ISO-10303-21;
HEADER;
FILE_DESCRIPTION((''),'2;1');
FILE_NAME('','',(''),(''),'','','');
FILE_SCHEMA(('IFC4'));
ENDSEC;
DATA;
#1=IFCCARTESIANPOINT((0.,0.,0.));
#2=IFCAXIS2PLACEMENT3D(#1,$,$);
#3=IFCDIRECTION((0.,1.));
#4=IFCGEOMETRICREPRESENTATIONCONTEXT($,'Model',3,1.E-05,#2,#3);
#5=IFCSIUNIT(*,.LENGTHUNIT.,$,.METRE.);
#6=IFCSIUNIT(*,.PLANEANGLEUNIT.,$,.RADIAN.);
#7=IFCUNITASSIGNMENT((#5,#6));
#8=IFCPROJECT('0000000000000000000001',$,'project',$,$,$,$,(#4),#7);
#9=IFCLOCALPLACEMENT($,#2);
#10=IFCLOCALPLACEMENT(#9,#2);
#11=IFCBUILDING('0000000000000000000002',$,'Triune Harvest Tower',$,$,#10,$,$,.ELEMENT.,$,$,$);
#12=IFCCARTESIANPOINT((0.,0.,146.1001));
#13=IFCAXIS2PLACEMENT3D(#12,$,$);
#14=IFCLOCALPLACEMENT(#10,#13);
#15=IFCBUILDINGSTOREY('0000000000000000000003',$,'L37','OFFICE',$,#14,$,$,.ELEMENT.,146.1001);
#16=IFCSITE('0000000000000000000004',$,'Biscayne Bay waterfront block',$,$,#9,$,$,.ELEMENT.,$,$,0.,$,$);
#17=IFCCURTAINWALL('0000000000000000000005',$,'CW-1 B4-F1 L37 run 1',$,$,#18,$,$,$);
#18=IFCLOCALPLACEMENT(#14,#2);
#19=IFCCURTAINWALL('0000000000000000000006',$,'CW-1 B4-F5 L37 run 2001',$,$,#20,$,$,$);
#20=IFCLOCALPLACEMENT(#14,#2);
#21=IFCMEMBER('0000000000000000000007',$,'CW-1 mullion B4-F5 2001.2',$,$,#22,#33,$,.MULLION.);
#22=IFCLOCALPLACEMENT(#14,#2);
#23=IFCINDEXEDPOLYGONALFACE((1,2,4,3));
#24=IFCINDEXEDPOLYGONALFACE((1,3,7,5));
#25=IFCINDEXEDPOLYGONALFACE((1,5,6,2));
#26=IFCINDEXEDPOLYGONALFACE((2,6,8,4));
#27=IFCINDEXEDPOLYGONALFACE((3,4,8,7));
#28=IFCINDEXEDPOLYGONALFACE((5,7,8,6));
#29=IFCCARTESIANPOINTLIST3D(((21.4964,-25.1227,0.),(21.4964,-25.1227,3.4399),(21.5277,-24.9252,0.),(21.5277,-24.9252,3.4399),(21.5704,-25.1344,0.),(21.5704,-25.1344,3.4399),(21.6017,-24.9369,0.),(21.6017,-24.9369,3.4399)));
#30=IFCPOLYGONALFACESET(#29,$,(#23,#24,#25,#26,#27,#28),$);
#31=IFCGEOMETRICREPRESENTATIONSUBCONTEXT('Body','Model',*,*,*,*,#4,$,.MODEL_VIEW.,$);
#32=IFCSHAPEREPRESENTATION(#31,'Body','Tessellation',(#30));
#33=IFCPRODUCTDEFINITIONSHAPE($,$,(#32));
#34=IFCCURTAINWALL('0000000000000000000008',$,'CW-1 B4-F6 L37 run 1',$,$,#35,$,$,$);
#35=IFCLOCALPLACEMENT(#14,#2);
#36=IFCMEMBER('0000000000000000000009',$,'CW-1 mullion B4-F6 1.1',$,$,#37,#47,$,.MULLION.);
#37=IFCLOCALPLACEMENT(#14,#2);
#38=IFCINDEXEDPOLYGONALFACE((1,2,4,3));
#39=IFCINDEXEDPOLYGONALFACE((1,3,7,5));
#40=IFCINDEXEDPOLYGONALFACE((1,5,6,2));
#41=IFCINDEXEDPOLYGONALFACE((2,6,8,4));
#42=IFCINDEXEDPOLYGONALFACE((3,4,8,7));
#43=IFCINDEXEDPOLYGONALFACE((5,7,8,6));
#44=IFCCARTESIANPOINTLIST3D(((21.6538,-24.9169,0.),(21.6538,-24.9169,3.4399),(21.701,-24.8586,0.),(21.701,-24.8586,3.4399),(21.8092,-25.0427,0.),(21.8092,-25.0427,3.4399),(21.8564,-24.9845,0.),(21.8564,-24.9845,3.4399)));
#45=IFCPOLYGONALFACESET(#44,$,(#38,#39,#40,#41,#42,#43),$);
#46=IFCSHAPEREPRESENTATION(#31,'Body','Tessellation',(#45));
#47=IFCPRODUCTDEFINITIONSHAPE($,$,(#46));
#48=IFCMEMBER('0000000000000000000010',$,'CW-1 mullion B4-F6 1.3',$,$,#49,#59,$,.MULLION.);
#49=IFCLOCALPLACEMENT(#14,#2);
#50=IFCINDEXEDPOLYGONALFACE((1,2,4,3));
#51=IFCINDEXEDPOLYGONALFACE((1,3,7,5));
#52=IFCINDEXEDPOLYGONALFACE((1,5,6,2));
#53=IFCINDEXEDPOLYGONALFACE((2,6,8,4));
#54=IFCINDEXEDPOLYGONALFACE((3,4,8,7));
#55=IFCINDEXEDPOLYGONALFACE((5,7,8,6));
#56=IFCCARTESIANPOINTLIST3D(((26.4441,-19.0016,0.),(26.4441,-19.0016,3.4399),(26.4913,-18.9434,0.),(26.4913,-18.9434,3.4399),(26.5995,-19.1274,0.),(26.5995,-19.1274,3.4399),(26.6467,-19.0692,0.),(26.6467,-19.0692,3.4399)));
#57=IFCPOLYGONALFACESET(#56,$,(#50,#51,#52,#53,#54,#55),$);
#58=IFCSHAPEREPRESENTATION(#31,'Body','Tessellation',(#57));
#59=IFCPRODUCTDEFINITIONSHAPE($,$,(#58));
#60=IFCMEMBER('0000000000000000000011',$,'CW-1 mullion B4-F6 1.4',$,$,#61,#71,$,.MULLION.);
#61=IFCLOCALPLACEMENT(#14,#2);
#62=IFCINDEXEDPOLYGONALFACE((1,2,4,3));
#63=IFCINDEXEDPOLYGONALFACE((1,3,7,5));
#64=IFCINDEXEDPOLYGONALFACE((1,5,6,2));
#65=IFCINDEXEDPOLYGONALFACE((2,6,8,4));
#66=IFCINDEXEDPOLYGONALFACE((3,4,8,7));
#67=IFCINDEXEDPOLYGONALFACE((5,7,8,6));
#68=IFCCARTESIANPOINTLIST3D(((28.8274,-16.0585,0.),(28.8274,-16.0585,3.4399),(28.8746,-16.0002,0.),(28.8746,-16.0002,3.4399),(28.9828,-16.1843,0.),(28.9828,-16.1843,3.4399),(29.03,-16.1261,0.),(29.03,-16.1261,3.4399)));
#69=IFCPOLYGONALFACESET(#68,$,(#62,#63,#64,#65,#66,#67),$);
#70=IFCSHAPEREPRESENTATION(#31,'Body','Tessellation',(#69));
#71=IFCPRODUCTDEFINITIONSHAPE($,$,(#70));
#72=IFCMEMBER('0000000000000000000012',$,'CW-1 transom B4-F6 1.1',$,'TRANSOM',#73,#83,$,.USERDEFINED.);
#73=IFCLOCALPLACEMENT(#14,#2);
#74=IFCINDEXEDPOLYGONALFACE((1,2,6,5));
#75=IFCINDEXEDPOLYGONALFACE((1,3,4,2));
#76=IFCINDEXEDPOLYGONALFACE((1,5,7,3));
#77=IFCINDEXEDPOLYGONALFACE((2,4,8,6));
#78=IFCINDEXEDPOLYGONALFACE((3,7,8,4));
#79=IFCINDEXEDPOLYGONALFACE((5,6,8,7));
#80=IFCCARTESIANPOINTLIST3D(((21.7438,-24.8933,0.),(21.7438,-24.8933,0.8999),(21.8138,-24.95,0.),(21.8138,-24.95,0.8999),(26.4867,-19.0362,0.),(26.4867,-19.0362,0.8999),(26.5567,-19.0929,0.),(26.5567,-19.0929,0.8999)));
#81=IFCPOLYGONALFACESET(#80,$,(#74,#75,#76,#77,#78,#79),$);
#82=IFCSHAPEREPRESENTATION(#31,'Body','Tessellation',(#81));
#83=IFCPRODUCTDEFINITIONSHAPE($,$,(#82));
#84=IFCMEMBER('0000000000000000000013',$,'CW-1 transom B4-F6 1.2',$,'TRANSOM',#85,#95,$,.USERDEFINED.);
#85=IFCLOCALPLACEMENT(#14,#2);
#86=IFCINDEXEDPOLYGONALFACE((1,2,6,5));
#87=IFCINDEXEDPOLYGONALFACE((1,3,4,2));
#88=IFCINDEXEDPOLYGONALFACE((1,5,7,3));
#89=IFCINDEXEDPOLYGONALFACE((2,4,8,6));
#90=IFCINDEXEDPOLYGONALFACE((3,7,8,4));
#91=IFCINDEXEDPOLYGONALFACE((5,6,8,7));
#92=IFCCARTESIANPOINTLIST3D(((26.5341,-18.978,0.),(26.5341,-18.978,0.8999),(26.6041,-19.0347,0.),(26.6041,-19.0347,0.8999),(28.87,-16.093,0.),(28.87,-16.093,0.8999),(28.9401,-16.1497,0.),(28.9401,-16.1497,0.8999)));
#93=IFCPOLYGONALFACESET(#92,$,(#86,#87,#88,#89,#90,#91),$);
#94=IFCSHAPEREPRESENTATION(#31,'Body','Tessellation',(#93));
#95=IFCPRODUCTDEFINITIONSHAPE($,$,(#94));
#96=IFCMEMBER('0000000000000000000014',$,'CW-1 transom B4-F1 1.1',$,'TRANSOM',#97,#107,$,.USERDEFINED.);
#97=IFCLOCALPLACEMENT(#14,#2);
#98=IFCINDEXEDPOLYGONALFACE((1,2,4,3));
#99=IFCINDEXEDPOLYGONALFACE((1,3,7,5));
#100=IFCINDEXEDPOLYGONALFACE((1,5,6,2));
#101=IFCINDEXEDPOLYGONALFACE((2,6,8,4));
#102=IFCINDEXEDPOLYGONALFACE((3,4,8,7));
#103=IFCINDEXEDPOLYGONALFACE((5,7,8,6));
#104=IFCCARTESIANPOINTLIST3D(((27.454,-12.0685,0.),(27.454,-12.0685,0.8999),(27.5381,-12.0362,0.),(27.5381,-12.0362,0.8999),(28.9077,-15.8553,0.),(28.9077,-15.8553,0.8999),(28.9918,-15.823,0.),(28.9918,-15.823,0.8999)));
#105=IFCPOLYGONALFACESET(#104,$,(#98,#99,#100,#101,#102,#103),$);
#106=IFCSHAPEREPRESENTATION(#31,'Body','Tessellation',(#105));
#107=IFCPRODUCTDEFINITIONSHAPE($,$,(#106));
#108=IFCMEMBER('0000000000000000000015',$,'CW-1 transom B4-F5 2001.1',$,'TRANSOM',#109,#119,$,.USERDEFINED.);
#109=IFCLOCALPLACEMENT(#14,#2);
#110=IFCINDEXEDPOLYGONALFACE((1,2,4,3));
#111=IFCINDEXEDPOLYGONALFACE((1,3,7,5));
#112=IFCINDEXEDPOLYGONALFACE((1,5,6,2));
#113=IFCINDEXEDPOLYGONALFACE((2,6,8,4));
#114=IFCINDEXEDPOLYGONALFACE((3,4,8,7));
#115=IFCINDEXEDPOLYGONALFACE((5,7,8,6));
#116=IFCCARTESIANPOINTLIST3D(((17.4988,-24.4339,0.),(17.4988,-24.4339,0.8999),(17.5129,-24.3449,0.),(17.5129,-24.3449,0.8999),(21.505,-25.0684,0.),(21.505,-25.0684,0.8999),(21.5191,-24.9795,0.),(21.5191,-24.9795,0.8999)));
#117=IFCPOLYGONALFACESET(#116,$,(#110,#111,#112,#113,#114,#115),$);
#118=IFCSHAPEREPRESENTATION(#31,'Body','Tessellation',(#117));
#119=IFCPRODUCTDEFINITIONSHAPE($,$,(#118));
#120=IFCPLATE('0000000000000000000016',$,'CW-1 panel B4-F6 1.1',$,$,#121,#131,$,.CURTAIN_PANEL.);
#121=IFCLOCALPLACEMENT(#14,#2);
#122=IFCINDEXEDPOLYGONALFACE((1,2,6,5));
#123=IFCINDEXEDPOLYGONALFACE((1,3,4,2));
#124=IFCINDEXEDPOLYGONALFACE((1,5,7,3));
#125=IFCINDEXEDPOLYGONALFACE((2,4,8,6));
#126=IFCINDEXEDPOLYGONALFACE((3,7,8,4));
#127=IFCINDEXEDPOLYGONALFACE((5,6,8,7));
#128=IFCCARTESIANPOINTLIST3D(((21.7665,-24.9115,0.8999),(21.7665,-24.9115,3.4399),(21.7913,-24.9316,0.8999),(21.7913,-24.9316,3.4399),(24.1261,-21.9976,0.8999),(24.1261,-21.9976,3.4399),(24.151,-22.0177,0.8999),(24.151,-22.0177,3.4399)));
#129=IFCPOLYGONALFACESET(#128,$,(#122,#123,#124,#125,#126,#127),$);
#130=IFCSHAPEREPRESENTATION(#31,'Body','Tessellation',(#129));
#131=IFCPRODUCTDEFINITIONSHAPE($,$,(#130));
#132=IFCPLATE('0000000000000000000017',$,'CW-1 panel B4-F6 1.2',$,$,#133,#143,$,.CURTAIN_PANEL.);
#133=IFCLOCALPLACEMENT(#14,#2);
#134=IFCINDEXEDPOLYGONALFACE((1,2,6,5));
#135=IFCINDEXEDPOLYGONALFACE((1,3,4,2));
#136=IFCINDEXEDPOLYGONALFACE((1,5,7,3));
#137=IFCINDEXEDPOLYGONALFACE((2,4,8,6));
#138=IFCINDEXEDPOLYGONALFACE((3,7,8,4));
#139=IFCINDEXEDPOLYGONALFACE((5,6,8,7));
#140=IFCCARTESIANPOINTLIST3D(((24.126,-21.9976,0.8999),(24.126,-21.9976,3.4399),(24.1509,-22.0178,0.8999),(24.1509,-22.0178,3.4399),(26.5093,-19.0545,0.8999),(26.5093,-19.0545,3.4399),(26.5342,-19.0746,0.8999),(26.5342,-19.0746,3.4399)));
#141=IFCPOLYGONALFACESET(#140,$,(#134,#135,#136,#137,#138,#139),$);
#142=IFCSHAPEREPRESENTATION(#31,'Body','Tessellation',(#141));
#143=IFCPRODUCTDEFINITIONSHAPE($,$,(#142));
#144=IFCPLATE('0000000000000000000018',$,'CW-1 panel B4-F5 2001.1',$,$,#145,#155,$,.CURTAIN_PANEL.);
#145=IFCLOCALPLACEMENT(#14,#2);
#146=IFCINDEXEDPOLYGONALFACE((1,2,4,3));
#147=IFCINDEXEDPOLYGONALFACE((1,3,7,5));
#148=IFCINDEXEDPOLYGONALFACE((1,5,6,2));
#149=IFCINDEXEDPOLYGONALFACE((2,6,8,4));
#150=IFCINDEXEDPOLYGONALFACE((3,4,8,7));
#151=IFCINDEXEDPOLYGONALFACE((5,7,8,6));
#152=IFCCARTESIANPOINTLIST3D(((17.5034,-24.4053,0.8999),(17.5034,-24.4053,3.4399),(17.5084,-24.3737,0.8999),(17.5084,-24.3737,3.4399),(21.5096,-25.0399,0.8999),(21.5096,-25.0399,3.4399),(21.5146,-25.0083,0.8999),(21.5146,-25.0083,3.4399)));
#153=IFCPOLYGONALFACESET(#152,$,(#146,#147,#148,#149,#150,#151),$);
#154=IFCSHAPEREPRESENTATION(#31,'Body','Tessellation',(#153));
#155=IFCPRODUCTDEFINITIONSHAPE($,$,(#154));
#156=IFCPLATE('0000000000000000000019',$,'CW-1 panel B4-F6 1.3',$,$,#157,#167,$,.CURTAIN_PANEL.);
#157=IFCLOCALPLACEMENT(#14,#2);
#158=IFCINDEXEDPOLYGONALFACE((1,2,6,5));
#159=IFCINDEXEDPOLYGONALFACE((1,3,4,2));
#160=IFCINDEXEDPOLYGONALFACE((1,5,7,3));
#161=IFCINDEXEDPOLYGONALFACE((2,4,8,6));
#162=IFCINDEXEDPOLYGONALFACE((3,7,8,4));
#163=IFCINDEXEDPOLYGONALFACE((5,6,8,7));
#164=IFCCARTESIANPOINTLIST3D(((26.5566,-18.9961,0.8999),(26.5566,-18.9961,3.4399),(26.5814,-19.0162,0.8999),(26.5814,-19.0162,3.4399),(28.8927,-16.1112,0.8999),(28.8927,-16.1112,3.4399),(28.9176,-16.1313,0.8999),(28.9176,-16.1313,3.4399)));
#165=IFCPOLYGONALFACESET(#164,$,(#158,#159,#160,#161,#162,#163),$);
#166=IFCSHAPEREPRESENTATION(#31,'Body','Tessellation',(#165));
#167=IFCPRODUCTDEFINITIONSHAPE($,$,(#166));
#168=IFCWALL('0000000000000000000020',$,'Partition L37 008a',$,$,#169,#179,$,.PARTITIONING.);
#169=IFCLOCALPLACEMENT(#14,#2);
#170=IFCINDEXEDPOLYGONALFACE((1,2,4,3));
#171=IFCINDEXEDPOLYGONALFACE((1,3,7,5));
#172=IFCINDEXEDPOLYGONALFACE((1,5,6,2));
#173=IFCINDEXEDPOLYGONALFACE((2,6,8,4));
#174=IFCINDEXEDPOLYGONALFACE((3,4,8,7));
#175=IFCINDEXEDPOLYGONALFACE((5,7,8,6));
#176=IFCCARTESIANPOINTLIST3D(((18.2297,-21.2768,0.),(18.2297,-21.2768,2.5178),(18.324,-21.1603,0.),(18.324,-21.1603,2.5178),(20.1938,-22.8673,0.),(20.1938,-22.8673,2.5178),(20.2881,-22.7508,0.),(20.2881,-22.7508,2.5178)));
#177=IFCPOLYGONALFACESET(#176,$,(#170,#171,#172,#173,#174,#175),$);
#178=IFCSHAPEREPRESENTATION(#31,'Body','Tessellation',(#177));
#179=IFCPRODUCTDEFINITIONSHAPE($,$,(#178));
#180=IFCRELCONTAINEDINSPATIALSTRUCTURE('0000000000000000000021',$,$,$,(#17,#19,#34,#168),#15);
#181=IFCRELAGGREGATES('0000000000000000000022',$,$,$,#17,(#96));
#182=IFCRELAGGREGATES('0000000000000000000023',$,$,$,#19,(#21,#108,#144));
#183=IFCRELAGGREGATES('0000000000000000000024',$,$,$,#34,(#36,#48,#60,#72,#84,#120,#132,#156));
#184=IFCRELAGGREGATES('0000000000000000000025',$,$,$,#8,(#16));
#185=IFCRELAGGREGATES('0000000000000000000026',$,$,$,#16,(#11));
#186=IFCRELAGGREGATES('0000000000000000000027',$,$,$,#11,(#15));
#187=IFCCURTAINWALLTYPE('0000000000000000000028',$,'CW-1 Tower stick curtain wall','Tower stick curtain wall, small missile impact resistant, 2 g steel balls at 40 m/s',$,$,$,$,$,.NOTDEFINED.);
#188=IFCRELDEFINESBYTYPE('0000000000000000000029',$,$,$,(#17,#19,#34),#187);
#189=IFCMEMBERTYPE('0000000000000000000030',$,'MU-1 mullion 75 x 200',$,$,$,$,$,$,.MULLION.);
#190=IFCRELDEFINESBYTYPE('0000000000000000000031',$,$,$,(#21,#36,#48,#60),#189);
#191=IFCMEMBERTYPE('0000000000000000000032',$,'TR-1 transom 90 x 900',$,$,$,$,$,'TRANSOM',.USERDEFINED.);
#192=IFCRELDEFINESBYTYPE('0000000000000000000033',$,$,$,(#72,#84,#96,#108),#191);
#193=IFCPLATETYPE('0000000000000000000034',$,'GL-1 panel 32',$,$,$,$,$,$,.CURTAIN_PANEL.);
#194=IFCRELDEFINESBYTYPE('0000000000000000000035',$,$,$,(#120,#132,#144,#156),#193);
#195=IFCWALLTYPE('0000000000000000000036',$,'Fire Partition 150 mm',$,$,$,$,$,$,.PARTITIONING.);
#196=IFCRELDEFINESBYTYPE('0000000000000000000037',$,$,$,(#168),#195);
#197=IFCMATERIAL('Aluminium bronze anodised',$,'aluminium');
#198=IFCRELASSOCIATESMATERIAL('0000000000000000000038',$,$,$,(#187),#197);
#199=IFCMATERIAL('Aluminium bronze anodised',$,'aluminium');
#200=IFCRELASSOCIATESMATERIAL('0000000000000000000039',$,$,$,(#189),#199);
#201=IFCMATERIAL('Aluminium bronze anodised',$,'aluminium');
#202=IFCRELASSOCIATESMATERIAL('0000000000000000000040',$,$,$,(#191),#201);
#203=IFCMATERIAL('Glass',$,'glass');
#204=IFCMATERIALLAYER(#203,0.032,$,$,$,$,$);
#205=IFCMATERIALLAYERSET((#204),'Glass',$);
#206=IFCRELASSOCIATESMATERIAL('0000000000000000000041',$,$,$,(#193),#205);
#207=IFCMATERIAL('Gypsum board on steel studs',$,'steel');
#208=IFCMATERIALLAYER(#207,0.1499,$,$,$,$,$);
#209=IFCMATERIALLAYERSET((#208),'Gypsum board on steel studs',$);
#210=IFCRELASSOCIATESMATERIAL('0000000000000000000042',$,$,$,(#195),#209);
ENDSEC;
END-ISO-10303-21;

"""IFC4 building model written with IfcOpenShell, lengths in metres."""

from ifc_helpers import new_model, si_unit, direction, frame, frame_2d, origin, origin_2d, place, context, subcontext, project, spatial, rectangle, extrude, source, transform, mapped, material, layer, layer_set, material_profile, profile_set, type_object, element, aggregate, save


model = new_model("IFC4")

# Units and contexts
model_context = context("Model", 3, precision=1e-05, world=origin(), true_north=direction((0.0, 1.0)))
body_context = subcontext(model_context, "Body", "Model", "MODEL_VIEW")
ifc_project = project(units=[si_unit("LENGTHUNIT", "METRE"), si_unit("PLANEANGLEUNIT", "RADIAN")], contexts=[model_context])

# Site, building, storey
site_placement = place(None, origin())
site = spatial("IfcSite", under=ifc_project, at=site_placement, Name="Biscayne Bay waterfront block", CompositionType="ELEMENT", RefElevation=0.0)
building_placement = place(site_placement, origin())
building = spatial("IfcBuilding", under=site, at=building_placement, Name="Triune Harvest Tower", CompositionType="ELEMENT")
storey_placement = place(building_placement, frame((0.0, 0.0, 146.1001)))
storey = spatial("IfcBuildingStorey", under=building, at=storey_placement, Name="L37", Description="OFFICE", CompositionType="ELEMENT", Elevation=146.1001)

# Curtain walls, member
ifc_material_1 = material(Name="Aluminium bronze anodised", Category="aluminium")
curtain_wall_type = type_object("IfcCurtainWallType", Name="CW-1 Tower stick curtain wall", Description="Tower stick curtain wall, small missile impact resistant, 2 g steel balls at 40 m/s", PredefinedType="NOTDEFINED", material=ifc_material_1)
curtain_wall_1_placement = place(storey_placement, origin())
curtain_wall_1 = element("IfcCurtainWall", 1, at=curtain_wall_1_placement, inside=storey, type_object=curtain_wall_type, Name="CW-1 B4-F1 L37 run 1")
ifc_material_2 = material(Name="Aluminium bronze anodised", Category="aluminium")
ifc_material_profile_1 = material_profile(ifc_material_2, rectangle(XDim=0.2, YDim=0.075, at=origin_2d()), Name="MU-1 mullion 75 x 200")
ifc_profile_set_1 = profile_set([ifc_material_profile_1], Name="Aluminium bronze anodised")
member_type_1 = type_object("IfcMemberType", Name="MU-1 mullion 75 x 200", PredefinedType="MULLION", material=ifc_profile_set_1)
shared_shape_1 = source(origin(), body_context, "Body", "SweptSolid", [
    extrude(rectangle(XDim=0.2, YDim=0.075, at=origin_2d()), origin(), (0.0, 0.0, 1.0), 3.4399),
])
curtain_wall_2_placement = place(storey_placement, origin())
curtain_wall_2 = element("IfcCurtainWall", 2, at=curtain_wall_2_placement, inside=storey, type_object=curtain_wall_type, Name="CW-1 B4-F5 L37 run 2001")
member_1_placement = place(storey_placement, frame((21.5491, -25.0298, 0.0), z_axis=(0.0, 0.0, 1.0), x_axis=(0.156444, 0.987687, 0.0)))
member_1 = element("IfcMember", 3, at=member_1_placement, type_object=member_type_1, Name="CW-1 mullion B4-F5 2001.2", PredefinedType="MULLION", context=body_context, shape_type="MappedRepresentation", body=[
    mapped(shared_shape_1, transform((0.0, 0.0, 0.0), scale=1.0)),
])

# Curtain wall, members
curtain_wall_3_placement = place(storey_placement, origin())
curtain_wall_3 = element("IfcCurtainWall", 4, at=curtain_wall_3_placement, inside=storey, type_object=curtain_wall_type, Name="CW-1 B4-F6 L37 run 1")
member_2_placement = place(storey_placement, frame((21.7551, -24.9507, 0.0), z_axis=(0.0, 0.0, 1.0), x_axis=(-0.777146, 0.629321, 0.0)))
member_2 = element("IfcMember", 5, at=member_2_placement, type_object=member_type_1, Name="CW-1 mullion B4-F6 1.1", PredefinedType="MULLION", context=body_context, shape_type="MappedRepresentation", body=[
    mapped(shared_shape_1, transform((0.0, 0.0, 0.0), scale=1.0)),
])
member_3_placement = place(storey_placement, frame((26.5454, -19.0354, 0.0), z_axis=(0.0, 0.0, 1.0), x_axis=(-0.777146, 0.629321, 0.0)))
member_3 = element("IfcMember", 6, at=member_3_placement, type_object=member_type_1, Name="CW-1 mullion B4-F6 1.3", PredefinedType="MULLION", context=body_context, shape_type="MappedRepresentation", body=[
    mapped(shared_shape_1, transform((0.0, 0.0, 0.0), scale=1.0)),
])
member_4_placement = place(storey_placement, frame((28.9287, -16.0923, 0.0), z_axis=(0.0, 0.0, 1.0), x_axis=(-0.777146, 0.629321, 0.0)))
member_4 = element("IfcMember", 7, at=member_4_placement, type_object=member_type_1, Name="CW-1 mullion B4-F6 1.4", PredefinedType="MULLION", context=body_context, shape_type="MappedRepresentation", body=[
    mapped(shared_shape_1, transform((0.0, 0.0, 0.0), scale=1.0)),
])
ifc_material_3 = material(Name="Aluminium bronze anodised", Category="aluminium")
ifc_material_profile_2 = material_profile(ifc_material_3, rectangle(XDim=0.0901, YDim=0.8999, at=origin_2d()), Name="TR-1 transom 90 x 900")
ifc_profile_set_2 = profile_set([ifc_material_profile_2], Name="Aluminium bronze anodised")
member_type_2 = type_object("IfcMemberType", Name="TR-1 transom 90 x 900", ElementType="TRANSOM", PredefinedType="USERDEFINED", material=ifc_profile_set_2)
shared_shape_2 = source(origin(), body_context, "Body", "SweptSolid", [
    extrude(rectangle(XDim=0.0901, YDim=0.8999, at=origin_2d()), origin(), (0.0, 0.0, 1.0), 7.5366),
])
member_5_placement = place(storey_placement, frame((21.7788, -24.9216, 0.45), z_axis=(0.62931, 0.777154, 0.0), x_axis=(-0.777154, 0.62931, 0.0)))
member_5 = element("IfcMember", 8, at=member_5_placement, type_object=member_type_2, Name="CW-1 transom B4-F6 1.1", ObjectType="TRANSOM", PredefinedType="USERDEFINED", context=body_context, shape_type="MappedRepresentation", body=[
    mapped(shared_shape_2, transform((0.0, 0.0, 0.0), scale=1.0)),
])
shared_shape_3 = source(origin(), body_context, "Body", "SweptSolid", [
    extrude(rectangle(XDim=0.0901, YDim=0.8999, at=origin_2d()), origin(), (0.0, 0.0, 1.0), 3.7122),
])
member_6_placement = place(storey_placement, frame((26.5691, -19.0063, 0.45), z_axis=(0.629272, 0.777185, 0.0), x_axis=(-0.777185, 0.629272, 0.0)))
member_6 = element("IfcMember", 9, at=member_6_placement, type_object=member_type_2, Name="CW-1 transom B4-F6 1.2", ObjectType="TRANSOM", PredefinedType="USERDEFINED", context=body_context, shape_type="MappedRepresentation", body=[
    mapped(shared_shape_3, transform((0.0, 0.0, 0.0), scale=1.0)),
])

# Members
shared_shape_4 = source(origin(), body_context, "Body", "SweptSolid", [
    extrude(rectangle(XDim=0.0901, YDim=0.8999, at=origin_2d()), origin(), (0.0, 0.0, 1.0), 4.0562),
])
member_7_placement = place(storey_placement, frame((28.9497, -15.8391, 0.45), z_axis=(-0.358382, 0.933575, 0.0), x_axis=(-0.933575, -0.358382, 0.0)))
member_7 = element("IfcMember", 10, at=member_7_placement, type_object=member_type_2, Name="CW-1 transom B4-F1 1.1", ObjectType="TRANSOM", PredefinedType="USERDEFINED", context=body_context, shape_type="MappedRepresentation", body=[
    mapped(shared_shape_4, transform((0.0, 0.0, 0.0), scale=1.0)),
])
aggregate(curtain_wall_1, [member_7])
member_8_placement = place(storey_placement, frame((17.5059, -24.3894, 0.45), z_axis=(0.987688, -0.156439, 0.0), x_axis=(0.156439, 0.987688, 0.0)))
member_8 = element("IfcMember", 11, at=member_8_placement, type_object=member_type_2, Name="CW-1 transom B4-F5 2001.1", ObjectType="TRANSOM", PredefinedType="USERDEFINED", context=body_context, shape_type="MappedRepresentation", body=[
    mapped(shared_shape_4, transform((0.0, 0.0, 0.0), scale=1.0)),
])

# Plates
ifc_material_4 = material(Name="Glass", Category="glass")
ifc_layer_1 = layer(ifc_material_4, 0.032)
ifc_layer_set_1 = layer_set([ifc_layer_1], Name="Glass")
plate_type = type_object("IfcPlateType", Name="GL-1 panel 32", PredefinedType="CURTAIN_PANEL", material=ifc_layer_set_1)
shared_shape_5 = source(origin(), body_context, "Body", "SweptSolid", [
    extrude(rectangle(XDim=3.7495, YDim=0.032, at=origin_2d()), origin(), (0.0, 0.0, 1.0), 2.54),
])
plate_1_placement = place(storey_placement, frame((22.9587, -23.4646, 0.8999), z_axis=(0.0, 0.0, 1.0), x_axis=(0.629321, 0.777146, 0.0)))
plate_1 = element("IfcPlate", 12, at=plate_1_placement, type_object=plate_type, Name="CW-1 panel B4-F6 1.1", PredefinedType="CURTAIN_PANEL", context=body_context, shape_type="MappedRepresentation", body=[
    mapped(shared_shape_5, transform((0.0, 0.0, 0.0), scale=1.0)),
])
shared_shape_6 = source(origin(), body_context, "Body", "SweptSolid", [
    extrude(rectangle(XDim=3.7871, YDim=0.032, at=origin_2d()), origin(), (0.0, 0.0, 1.0), 2.54),
])
plate_2_placement = place(storey_placement, frame((25.3301, -20.5361, 0.8999), z_axis=(0.0, 0.0, 1.0), x_axis=(0.629321, 0.777146, 0.0)))
plate_2 = element("IfcPlate", 13, at=plate_2_placement, type_object=plate_type, Name="CW-1 panel B4-F6 1.2", PredefinedType="CURTAIN_PANEL", context=body_context, shape_type="MappedRepresentation", body=[
    mapped(shared_shape_6, transform((0.0, 0.0, 0.0), scale=1.0)),
])
shared_shape_7 = source(origin(), body_context, "Body", "SweptSolid", [
    extrude(rectangle(XDim=4.0562, YDim=0.032, at=origin_2d()), origin(), (0.0, 0.0, 1.0), 2.54),
])
plate_3_placement = place(storey_placement, frame((19.509, -24.7068, 0.8999), z_axis=(0.0, 0.0, 1.0), x_axis=(0.987687, -0.156444, 0.0)))
plate_3 = element("IfcPlate", 14, at=plate_3_placement, type_object=plate_type, Name="CW-1 panel B4-F5 2001.1", PredefinedType="CURTAIN_PANEL", context=body_context, shape_type="MappedRepresentation", body=[
    mapped(shared_shape_7, transform((0.0, 0.0, 0.0), scale=1.0)),
])
aggregate(curtain_wall_2, [member_1, member_8, plate_3])
shared_shape_8 = source(origin(), body_context, "Body", "SweptSolid", [
    extrude(rectangle(XDim=3.7122, YDim=0.032, at=origin_2d()), origin(), (0.0, 0.0, 1.0), 2.54),
])
plate_4_placement = place(storey_placement, frame((27.7371, -17.5637, 0.8999), z_axis=(0.0, 0.0, 1.0), x_axis=(0.629321, 0.777146, 0.0)))
plate_4 = element("IfcPlate", 15, at=plate_4_placement, type_object=plate_type, Name="CW-1 panel B4-F6 1.3", PredefinedType="CURTAIN_PANEL", context=body_context, shape_type="MappedRepresentation", body=[
    mapped(shared_shape_8, transform((0.0, 0.0, 0.0), scale=1.0)),
])
aggregate(curtain_wall_3, [member_2, member_3, member_4, member_5, member_6, plate_1, plate_2, plate_4])

# Wall
ifc_material_5 = material(Name="Gypsum board on steel studs", Category="steel")
ifc_layer_2 = layer(ifc_material_5, 0.1499)
ifc_layer_set_2 = layer_set([ifc_layer_2], Name="Gypsum board on steel studs")
wall_type = type_object("IfcWallType", Name="Fire Partition 150 mm", PredefinedType="PARTITIONING", material=ifc_layer_set_2)
wall_placement = place(storey_placement, frame((18.2769, -21.2185, 0.0), z_axis=(0.0, 0.0, 1.0), x_axis=(0.777132, -0.629337, 0.0)))
element("IfcWall", 16, at=wall_placement, inside=storey, type_object=wall_type, Name="Partition L37 008a", PredefinedType="PARTITIONING", context=body_context, shape_type="SweptSolid", body=[
    extrude(rectangle(XDim=2.5273, YDim=0.1499, at=frame_2d((1.2637, 0.0))), origin(), (0.0, 0.0, 1.0), 2.5178),
])

save(model, "model.ifc")
